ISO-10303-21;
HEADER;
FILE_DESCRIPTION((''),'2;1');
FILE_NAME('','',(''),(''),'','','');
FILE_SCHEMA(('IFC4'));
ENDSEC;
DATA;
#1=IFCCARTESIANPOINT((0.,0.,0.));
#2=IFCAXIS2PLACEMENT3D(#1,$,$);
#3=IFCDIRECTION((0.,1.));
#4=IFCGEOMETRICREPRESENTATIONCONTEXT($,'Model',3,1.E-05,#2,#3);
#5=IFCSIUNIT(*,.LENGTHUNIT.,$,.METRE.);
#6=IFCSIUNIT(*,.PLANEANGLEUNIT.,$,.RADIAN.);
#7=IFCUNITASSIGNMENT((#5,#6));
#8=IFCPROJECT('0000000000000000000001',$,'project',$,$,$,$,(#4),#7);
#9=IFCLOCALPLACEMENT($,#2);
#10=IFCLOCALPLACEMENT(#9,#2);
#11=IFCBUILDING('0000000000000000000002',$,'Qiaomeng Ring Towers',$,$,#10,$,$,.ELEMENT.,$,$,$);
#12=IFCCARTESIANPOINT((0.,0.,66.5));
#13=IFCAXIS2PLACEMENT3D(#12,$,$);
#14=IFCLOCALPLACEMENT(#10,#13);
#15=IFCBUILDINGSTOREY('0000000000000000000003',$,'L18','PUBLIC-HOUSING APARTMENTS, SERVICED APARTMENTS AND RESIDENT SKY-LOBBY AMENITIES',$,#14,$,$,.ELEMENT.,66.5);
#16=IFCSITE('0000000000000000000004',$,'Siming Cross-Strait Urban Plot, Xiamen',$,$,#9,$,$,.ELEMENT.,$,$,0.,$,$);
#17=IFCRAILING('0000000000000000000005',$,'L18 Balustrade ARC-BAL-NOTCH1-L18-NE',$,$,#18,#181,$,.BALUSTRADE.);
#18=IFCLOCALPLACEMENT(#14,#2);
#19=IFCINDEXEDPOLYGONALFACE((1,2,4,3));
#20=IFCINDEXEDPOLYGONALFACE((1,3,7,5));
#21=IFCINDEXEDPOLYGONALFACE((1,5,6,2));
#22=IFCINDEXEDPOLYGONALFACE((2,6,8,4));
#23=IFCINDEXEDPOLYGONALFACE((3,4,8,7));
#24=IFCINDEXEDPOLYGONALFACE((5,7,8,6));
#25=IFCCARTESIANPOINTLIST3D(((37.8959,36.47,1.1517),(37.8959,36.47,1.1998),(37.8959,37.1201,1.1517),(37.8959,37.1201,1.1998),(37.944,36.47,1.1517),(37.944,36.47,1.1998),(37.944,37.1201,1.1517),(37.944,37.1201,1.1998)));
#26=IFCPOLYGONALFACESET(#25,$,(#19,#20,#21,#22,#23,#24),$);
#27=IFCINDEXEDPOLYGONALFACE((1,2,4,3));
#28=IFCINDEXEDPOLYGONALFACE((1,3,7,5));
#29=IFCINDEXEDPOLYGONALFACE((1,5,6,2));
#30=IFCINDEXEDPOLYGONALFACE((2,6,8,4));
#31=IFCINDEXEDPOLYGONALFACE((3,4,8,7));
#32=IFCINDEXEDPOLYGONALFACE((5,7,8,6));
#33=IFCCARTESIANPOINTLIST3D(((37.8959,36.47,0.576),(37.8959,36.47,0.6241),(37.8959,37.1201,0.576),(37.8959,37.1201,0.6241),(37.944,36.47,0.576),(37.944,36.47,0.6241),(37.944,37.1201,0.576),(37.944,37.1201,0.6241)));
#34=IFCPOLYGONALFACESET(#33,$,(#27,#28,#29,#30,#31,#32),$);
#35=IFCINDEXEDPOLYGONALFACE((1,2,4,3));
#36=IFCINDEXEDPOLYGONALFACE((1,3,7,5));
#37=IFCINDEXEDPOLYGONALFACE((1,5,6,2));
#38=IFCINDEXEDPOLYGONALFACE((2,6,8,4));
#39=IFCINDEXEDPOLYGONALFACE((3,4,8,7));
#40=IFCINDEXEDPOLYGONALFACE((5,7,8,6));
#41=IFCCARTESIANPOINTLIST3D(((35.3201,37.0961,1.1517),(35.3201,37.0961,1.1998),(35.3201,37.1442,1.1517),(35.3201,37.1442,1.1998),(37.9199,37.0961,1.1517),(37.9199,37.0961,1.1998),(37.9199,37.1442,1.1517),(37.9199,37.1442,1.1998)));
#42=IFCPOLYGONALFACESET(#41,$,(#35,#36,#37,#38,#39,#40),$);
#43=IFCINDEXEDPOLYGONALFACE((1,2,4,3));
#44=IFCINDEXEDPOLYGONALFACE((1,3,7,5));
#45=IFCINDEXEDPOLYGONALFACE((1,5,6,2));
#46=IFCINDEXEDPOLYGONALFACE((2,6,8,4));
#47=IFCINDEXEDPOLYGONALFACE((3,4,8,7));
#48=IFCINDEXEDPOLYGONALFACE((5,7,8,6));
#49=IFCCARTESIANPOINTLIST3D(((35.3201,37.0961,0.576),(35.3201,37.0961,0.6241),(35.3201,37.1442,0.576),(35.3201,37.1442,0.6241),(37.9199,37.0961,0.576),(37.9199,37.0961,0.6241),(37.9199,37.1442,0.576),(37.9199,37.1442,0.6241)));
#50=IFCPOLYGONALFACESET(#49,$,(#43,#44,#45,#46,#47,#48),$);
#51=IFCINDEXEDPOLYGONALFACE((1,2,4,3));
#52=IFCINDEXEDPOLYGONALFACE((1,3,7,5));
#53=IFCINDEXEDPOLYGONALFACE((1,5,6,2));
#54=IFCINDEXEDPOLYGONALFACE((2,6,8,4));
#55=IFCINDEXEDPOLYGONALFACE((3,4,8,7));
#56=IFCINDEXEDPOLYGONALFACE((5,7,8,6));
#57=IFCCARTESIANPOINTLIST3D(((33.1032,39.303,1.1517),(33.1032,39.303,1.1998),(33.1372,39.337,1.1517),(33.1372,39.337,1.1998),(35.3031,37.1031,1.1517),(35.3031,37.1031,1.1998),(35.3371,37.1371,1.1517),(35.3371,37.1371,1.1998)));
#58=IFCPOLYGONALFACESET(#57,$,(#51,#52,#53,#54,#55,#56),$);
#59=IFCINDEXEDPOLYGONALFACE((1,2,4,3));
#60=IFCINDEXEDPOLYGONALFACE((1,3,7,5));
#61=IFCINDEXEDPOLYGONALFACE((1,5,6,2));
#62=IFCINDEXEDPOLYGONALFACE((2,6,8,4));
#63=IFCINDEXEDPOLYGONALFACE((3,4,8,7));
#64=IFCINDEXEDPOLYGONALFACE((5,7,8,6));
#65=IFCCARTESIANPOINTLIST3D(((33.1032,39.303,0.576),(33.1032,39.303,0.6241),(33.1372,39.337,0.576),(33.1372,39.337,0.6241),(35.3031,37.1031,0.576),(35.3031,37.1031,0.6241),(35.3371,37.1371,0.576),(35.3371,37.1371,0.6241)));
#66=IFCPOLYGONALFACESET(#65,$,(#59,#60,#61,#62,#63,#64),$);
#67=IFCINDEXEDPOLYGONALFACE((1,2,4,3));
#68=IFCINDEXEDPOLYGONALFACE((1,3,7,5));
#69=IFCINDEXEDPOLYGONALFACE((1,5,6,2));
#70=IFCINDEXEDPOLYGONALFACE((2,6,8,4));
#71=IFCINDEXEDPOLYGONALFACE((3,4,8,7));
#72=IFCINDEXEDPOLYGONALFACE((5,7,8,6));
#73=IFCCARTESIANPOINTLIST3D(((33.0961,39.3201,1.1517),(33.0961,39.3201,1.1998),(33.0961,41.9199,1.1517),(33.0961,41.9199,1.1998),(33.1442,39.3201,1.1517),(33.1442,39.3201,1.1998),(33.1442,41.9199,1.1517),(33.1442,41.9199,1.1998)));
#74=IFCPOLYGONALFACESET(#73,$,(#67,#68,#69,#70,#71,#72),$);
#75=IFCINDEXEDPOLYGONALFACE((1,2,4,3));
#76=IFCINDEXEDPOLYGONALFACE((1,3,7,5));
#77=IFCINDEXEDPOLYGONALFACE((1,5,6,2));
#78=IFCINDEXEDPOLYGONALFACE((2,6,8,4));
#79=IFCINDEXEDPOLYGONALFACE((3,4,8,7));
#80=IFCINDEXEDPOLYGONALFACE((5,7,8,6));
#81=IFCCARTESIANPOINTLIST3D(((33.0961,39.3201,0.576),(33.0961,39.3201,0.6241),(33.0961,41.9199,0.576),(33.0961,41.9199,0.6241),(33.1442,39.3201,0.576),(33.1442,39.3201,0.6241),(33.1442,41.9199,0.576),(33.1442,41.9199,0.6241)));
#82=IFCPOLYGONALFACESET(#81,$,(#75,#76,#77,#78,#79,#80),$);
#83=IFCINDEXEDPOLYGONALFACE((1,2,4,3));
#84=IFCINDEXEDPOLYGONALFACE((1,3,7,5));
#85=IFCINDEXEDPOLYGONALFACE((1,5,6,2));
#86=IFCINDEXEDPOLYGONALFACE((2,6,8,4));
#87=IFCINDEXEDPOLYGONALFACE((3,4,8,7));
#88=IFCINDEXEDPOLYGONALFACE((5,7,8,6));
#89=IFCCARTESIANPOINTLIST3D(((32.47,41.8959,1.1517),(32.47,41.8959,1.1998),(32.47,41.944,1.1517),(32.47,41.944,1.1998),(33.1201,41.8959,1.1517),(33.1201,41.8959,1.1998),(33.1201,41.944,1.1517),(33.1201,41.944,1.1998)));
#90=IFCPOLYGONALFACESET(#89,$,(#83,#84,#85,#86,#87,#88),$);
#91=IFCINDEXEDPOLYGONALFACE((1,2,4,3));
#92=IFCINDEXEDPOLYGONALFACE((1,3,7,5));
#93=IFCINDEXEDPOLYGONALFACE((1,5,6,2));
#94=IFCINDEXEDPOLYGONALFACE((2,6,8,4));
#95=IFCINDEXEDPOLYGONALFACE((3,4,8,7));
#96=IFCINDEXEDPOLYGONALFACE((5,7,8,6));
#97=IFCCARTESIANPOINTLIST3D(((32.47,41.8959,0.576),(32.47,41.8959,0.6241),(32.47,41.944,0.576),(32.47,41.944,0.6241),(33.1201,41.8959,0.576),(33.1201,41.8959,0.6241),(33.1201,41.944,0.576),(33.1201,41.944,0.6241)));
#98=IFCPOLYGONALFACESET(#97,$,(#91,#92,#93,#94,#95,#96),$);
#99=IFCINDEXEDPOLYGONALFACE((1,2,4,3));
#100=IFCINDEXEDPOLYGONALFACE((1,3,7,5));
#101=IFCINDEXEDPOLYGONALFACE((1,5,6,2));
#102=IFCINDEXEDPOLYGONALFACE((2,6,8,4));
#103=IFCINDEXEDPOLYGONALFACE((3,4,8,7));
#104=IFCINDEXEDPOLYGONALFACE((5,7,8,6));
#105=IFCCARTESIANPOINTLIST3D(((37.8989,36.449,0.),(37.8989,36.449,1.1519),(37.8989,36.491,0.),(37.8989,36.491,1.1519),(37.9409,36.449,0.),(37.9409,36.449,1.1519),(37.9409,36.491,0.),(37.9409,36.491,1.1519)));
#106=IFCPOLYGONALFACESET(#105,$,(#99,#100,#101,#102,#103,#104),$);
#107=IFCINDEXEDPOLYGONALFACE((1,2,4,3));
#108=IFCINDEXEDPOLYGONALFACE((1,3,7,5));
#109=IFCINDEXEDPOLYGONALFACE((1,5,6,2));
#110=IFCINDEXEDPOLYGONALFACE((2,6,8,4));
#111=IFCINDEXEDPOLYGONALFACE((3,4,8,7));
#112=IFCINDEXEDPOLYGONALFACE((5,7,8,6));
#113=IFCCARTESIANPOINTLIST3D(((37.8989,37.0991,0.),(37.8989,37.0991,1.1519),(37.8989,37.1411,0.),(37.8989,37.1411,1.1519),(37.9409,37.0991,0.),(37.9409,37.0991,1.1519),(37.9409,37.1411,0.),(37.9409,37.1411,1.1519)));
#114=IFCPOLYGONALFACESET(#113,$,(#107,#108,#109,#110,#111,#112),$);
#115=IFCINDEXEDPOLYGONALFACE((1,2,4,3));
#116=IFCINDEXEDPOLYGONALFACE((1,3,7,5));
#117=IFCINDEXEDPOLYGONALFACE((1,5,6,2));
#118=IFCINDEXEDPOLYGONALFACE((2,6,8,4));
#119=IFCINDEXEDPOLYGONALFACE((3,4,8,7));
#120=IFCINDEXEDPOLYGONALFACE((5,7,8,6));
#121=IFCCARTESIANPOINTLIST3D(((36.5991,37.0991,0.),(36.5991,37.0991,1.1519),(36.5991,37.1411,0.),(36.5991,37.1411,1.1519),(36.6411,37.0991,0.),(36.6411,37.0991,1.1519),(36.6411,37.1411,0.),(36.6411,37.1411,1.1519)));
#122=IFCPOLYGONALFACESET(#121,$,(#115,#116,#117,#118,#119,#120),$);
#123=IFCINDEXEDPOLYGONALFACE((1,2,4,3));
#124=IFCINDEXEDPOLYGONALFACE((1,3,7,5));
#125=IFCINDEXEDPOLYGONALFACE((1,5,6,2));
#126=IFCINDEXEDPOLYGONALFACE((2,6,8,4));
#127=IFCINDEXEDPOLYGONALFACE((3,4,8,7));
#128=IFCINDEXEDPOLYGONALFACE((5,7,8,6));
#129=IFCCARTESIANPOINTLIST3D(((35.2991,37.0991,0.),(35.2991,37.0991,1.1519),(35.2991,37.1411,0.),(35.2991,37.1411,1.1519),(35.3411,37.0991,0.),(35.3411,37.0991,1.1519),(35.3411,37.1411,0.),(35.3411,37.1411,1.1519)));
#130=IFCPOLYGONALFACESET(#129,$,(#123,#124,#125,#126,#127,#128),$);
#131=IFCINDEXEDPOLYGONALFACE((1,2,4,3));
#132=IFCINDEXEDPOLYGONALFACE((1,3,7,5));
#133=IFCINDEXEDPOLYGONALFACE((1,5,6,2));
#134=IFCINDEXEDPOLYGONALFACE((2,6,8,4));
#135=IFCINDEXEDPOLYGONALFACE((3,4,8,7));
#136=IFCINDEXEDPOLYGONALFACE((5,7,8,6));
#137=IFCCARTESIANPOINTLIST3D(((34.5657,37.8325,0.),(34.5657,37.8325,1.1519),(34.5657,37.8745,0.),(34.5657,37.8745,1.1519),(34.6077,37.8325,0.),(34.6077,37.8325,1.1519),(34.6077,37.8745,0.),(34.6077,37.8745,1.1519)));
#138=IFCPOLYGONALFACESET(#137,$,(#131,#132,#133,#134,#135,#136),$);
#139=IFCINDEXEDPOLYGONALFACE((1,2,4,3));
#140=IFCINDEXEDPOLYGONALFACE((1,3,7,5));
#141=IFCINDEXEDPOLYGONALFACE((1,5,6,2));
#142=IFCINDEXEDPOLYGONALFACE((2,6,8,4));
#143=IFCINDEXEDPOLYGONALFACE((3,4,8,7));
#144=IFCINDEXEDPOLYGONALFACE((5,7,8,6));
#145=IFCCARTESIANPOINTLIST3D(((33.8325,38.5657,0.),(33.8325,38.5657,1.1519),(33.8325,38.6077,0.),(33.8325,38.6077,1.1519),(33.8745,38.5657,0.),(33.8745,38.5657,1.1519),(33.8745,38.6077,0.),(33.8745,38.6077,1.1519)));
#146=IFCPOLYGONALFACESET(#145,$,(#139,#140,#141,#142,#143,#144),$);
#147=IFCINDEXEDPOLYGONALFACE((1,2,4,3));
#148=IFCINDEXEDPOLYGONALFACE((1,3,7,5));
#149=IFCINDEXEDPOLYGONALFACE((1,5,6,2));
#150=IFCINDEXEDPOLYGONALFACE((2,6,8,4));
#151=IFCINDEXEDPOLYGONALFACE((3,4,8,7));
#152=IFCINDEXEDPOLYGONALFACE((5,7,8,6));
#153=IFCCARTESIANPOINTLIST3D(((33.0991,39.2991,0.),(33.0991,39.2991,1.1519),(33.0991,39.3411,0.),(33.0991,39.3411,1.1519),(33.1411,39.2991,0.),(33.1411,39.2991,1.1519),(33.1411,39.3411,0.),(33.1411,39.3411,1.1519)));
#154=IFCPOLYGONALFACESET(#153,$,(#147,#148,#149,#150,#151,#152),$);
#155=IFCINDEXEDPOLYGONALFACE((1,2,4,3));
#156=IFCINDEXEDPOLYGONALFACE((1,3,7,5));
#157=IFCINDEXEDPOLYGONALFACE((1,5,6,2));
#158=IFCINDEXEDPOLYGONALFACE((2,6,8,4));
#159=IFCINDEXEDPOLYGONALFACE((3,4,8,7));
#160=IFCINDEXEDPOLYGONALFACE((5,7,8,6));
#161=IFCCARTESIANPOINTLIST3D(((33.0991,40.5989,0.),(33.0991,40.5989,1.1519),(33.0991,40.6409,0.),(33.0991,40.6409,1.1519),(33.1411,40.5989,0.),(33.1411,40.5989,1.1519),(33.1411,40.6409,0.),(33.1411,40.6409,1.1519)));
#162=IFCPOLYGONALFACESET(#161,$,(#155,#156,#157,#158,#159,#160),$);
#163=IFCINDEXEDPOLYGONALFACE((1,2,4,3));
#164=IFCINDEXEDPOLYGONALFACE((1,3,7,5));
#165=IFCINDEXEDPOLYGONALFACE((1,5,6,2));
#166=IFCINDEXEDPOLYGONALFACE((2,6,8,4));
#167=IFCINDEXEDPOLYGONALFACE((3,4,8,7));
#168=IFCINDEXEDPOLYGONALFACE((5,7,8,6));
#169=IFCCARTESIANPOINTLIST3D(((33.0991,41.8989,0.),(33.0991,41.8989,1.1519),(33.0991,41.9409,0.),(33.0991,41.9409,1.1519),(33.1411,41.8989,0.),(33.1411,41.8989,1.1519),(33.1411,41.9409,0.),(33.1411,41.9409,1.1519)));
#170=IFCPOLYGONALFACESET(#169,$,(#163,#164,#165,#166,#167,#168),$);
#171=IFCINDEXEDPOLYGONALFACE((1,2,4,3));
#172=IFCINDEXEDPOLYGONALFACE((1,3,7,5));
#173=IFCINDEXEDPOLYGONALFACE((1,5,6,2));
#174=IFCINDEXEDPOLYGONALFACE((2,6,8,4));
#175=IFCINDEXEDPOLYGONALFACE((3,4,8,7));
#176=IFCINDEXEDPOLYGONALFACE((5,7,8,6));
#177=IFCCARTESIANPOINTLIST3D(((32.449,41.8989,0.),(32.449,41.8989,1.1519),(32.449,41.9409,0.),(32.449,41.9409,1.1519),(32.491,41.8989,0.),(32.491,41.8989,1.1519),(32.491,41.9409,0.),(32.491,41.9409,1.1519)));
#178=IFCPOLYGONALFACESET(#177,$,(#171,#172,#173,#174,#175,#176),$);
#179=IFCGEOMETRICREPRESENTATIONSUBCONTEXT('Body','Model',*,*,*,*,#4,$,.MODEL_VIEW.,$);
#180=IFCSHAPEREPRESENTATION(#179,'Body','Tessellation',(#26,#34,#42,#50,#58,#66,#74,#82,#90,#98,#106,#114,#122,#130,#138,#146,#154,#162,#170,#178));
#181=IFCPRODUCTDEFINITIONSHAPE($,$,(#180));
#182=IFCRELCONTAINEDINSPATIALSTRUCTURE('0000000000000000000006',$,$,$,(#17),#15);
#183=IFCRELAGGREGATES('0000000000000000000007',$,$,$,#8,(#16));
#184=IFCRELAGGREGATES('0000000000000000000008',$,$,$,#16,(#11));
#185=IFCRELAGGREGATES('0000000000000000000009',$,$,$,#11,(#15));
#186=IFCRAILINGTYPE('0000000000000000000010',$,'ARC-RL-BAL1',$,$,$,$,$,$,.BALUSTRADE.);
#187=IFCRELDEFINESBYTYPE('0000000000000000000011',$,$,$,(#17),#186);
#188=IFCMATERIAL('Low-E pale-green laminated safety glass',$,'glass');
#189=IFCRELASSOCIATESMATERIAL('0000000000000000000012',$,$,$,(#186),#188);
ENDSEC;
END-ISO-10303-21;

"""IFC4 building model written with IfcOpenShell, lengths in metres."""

from ifc_helpers import new_model, si_unit, direction, frame, origin, origin_2d, place, context, subcontext, project, spatial, rectangle, extrude, material, type_object, element, save


model = new_model("IFC4")

# Units and contexts
model_context = context("Model", 3, precision=1e-05, world=origin(), true_north=direction((0.0, 1.0)))
body_context = subcontext(model_context, "Body", "Model", "MODEL_VIEW")
ifc_project = project(units=[si_unit("LENGTHUNIT", "METRE"), si_unit("PLANEANGLEUNIT", "RADIAN")], contexts=[model_context])

# Site, building, storey
site_placement = place(None, origin())
site = spatial("IfcSite", under=ifc_project, at=site_placement, Name="Siming Cross-Strait Urban Plot, Xiamen", CompositionType="ELEMENT", RefElevation=0.0)
building_placement = place(site_placement, origin())
building = spatial("IfcBuilding", under=site, at=building_placement, Name="Qiaomeng Ring Towers", CompositionType="ELEMENT")
storey_placement = place(building_placement, frame((0.0, 0.0, 66.5)))
storey = spatial("IfcBuildingStorey", under=building, at=storey_placement, Name="L18", Description="PUBLIC-HOUSING APARTMENTS, SERVICED APARTMENTS AND RESIDENT SKY-LOBBY AMENITIES", CompositionType="ELEMENT", Elevation=66.5)

# Railing
ifc_material_1 = material(Name="Low-E pale-green laminated safety glass", Category="glass")
railing_type = type_object("IfcRailingType", Name="ARC-RL-BAL1", PredefinedType="BALUSTRADE", material=ifc_material_1)
railing_placement = place(storey_placement, frame((37.9199, 36.47, 0.0)))
element("IfcRailing", 1, at=railing_placement, inside=storey, type_object=railing_type, Name="L18 Balustrade ARC-BAL-NOTCH1-L18-NE", PredefinedType="BALUSTRADE", context=body_context, shape_type="SweptSolid", body=[
    extrude(rectangle(XDim=0.0481, YDim=0.0481, at=origin_2d()), frame((0.0, 0.0, 1.1758), z_axis=(0.0, 1.0, 0.0), x_axis=(-1.0, 0.0, 0.0)), (0.0, 0.0, 1.0), 0.6501),
    extrude(rectangle(XDim=0.0481, YDim=0.0481, at=origin_2d()), frame((0.0, 0.0, 0.6001), z_axis=(0.0, 1.0, 0.0), x_axis=(-1.0, 0.0, 0.0)), (0.0, 0.0, 1.0), 0.6501),
    extrude(rectangle(XDim=0.0481, YDim=0.0481, at=origin_2d()), frame((0.0, 0.6501, 1.1758), z_axis=(-1.0, 0.0, 0.0), x_axis=(0.0, -1.0, 0.0)), (0.0, 0.0, 1.0), 2.5999),
    extrude(rectangle(XDim=0.0481, YDim=0.0481, at=origin_2d()), frame((0.0, 0.6501, 0.6001), z_axis=(-1.0, 0.0, 0.0), x_axis=(0.0, -1.0, 0.0)), (0.0, 0.0, 1.0), 2.5999),
    extrude(rectangle(XDim=0.0481, YDim=0.0481, at=origin_2d()), frame((-2.5999, 0.6501, 1.1758), z_axis=(-0.707107, 0.707107, 0.0), x_axis=(-0.707107, -0.707107, 0.0)), (0.0, 0.0, 1.0), 3.1111),
    extrude(rectangle(XDim=0.0481, YDim=0.0481, at=origin_2d()), frame((-2.5999, 0.6501, 0.6001), z_axis=(-0.707107, 0.707107, 0.0), x_axis=(-0.707107, -0.707107, 0.0)), (0.0, 0.0, 1.0), 3.1111),
    extrude(rectangle(XDim=0.0481, YDim=0.0481, at=origin_2d()), frame((-4.7998, 2.8501, 1.1758), z_axis=(0.0, 1.0, 0.0), x_axis=(-1.0, 0.0, 0.0)), (0.0, 0.0, 1.0), 2.5999),
    extrude(rectangle(XDim=0.0481, YDim=0.0481, at=origin_2d()), frame((-4.7998, 2.8501, 0.6001), z_axis=(0.0, 1.0, 0.0), x_axis=(-1.0, 0.0, 0.0)), (0.0, 0.0, 1.0), 2.5999),
    extrude(rectangle(XDim=0.0481, YDim=0.0481, at=origin_2d()), frame((-4.7998, 5.45, 1.1758), z_axis=(-1.0, 0.0, 0.0), x_axis=(0.0, -1.0, 0.0)), (0.0, 0.0, 1.0), 0.6501),
    extrude(rectangle(XDim=0.0481, YDim=0.0481, at=origin_2d()), frame((-4.7998, 5.45, 0.6001), z_axis=(-1.0, 0.0, 0.0), x_axis=(0.0, -1.0, 0.0)), (0.0, 0.0, 1.0), 0.6501),
    extrude(rectangle(XDim=0.042, YDim=0.042, at=origin_2d()), origin(), (0.0, 0.0, 1.0), 1.1519),
    extrude(rectangle(XDim=0.042, YDim=0.042, at=origin_2d()), frame((0.0, 0.6501, 0.0)), (0.0, 0.0, 1.0), 1.1519),
    extrude(rectangle(XDim=0.042, YDim=0.042, at=origin_2d()), frame((-1.2998, 0.6501, 0.0)), (0.0, 0.0, 1.0), 1.1519),
    extrude(rectangle(XDim=0.042, YDim=0.042, at=origin_2d()), frame((-2.5999, 0.6501, 0.0)), (0.0, 0.0, 1.0), 1.1519),
    extrude(rectangle(XDim=0.042, YDim=0.042, at=origin_2d()), frame((-3.3333, 1.3835, 0.0)), (0.0, 0.0, 1.0), 1.1519),
    extrude(rectangle(XDim=0.042, YDim=0.042, at=origin_2d()), frame((-4.0664, 2.1167, 0.0)), (0.0, 0.0, 1.0), 1.1519),
    extrude(rectangle(XDim=0.042, YDim=0.042, at=origin_2d()), frame((-4.7998, 2.8501, 0.0)), (0.0, 0.0, 1.0), 1.1519),
    extrude(rectangle(XDim=0.042, YDim=0.042, at=origin_2d()), frame((-4.7998, 4.1499, 0.0)), (0.0, 0.0, 1.0), 1.1519),
    extrude(rectangle(XDim=0.042, YDim=0.042, at=origin_2d()), frame((-4.7998, 5.45, 0.0)), (0.0, 0.0, 1.0), 1.1519),
    extrude(rectangle(XDim=0.042, YDim=0.042, at=origin_2d()), frame((-5.45, 5.45, 0.0)), (0.0, 0.0, 1.0), 1.1519),
])

save(model, "model.ifc")
